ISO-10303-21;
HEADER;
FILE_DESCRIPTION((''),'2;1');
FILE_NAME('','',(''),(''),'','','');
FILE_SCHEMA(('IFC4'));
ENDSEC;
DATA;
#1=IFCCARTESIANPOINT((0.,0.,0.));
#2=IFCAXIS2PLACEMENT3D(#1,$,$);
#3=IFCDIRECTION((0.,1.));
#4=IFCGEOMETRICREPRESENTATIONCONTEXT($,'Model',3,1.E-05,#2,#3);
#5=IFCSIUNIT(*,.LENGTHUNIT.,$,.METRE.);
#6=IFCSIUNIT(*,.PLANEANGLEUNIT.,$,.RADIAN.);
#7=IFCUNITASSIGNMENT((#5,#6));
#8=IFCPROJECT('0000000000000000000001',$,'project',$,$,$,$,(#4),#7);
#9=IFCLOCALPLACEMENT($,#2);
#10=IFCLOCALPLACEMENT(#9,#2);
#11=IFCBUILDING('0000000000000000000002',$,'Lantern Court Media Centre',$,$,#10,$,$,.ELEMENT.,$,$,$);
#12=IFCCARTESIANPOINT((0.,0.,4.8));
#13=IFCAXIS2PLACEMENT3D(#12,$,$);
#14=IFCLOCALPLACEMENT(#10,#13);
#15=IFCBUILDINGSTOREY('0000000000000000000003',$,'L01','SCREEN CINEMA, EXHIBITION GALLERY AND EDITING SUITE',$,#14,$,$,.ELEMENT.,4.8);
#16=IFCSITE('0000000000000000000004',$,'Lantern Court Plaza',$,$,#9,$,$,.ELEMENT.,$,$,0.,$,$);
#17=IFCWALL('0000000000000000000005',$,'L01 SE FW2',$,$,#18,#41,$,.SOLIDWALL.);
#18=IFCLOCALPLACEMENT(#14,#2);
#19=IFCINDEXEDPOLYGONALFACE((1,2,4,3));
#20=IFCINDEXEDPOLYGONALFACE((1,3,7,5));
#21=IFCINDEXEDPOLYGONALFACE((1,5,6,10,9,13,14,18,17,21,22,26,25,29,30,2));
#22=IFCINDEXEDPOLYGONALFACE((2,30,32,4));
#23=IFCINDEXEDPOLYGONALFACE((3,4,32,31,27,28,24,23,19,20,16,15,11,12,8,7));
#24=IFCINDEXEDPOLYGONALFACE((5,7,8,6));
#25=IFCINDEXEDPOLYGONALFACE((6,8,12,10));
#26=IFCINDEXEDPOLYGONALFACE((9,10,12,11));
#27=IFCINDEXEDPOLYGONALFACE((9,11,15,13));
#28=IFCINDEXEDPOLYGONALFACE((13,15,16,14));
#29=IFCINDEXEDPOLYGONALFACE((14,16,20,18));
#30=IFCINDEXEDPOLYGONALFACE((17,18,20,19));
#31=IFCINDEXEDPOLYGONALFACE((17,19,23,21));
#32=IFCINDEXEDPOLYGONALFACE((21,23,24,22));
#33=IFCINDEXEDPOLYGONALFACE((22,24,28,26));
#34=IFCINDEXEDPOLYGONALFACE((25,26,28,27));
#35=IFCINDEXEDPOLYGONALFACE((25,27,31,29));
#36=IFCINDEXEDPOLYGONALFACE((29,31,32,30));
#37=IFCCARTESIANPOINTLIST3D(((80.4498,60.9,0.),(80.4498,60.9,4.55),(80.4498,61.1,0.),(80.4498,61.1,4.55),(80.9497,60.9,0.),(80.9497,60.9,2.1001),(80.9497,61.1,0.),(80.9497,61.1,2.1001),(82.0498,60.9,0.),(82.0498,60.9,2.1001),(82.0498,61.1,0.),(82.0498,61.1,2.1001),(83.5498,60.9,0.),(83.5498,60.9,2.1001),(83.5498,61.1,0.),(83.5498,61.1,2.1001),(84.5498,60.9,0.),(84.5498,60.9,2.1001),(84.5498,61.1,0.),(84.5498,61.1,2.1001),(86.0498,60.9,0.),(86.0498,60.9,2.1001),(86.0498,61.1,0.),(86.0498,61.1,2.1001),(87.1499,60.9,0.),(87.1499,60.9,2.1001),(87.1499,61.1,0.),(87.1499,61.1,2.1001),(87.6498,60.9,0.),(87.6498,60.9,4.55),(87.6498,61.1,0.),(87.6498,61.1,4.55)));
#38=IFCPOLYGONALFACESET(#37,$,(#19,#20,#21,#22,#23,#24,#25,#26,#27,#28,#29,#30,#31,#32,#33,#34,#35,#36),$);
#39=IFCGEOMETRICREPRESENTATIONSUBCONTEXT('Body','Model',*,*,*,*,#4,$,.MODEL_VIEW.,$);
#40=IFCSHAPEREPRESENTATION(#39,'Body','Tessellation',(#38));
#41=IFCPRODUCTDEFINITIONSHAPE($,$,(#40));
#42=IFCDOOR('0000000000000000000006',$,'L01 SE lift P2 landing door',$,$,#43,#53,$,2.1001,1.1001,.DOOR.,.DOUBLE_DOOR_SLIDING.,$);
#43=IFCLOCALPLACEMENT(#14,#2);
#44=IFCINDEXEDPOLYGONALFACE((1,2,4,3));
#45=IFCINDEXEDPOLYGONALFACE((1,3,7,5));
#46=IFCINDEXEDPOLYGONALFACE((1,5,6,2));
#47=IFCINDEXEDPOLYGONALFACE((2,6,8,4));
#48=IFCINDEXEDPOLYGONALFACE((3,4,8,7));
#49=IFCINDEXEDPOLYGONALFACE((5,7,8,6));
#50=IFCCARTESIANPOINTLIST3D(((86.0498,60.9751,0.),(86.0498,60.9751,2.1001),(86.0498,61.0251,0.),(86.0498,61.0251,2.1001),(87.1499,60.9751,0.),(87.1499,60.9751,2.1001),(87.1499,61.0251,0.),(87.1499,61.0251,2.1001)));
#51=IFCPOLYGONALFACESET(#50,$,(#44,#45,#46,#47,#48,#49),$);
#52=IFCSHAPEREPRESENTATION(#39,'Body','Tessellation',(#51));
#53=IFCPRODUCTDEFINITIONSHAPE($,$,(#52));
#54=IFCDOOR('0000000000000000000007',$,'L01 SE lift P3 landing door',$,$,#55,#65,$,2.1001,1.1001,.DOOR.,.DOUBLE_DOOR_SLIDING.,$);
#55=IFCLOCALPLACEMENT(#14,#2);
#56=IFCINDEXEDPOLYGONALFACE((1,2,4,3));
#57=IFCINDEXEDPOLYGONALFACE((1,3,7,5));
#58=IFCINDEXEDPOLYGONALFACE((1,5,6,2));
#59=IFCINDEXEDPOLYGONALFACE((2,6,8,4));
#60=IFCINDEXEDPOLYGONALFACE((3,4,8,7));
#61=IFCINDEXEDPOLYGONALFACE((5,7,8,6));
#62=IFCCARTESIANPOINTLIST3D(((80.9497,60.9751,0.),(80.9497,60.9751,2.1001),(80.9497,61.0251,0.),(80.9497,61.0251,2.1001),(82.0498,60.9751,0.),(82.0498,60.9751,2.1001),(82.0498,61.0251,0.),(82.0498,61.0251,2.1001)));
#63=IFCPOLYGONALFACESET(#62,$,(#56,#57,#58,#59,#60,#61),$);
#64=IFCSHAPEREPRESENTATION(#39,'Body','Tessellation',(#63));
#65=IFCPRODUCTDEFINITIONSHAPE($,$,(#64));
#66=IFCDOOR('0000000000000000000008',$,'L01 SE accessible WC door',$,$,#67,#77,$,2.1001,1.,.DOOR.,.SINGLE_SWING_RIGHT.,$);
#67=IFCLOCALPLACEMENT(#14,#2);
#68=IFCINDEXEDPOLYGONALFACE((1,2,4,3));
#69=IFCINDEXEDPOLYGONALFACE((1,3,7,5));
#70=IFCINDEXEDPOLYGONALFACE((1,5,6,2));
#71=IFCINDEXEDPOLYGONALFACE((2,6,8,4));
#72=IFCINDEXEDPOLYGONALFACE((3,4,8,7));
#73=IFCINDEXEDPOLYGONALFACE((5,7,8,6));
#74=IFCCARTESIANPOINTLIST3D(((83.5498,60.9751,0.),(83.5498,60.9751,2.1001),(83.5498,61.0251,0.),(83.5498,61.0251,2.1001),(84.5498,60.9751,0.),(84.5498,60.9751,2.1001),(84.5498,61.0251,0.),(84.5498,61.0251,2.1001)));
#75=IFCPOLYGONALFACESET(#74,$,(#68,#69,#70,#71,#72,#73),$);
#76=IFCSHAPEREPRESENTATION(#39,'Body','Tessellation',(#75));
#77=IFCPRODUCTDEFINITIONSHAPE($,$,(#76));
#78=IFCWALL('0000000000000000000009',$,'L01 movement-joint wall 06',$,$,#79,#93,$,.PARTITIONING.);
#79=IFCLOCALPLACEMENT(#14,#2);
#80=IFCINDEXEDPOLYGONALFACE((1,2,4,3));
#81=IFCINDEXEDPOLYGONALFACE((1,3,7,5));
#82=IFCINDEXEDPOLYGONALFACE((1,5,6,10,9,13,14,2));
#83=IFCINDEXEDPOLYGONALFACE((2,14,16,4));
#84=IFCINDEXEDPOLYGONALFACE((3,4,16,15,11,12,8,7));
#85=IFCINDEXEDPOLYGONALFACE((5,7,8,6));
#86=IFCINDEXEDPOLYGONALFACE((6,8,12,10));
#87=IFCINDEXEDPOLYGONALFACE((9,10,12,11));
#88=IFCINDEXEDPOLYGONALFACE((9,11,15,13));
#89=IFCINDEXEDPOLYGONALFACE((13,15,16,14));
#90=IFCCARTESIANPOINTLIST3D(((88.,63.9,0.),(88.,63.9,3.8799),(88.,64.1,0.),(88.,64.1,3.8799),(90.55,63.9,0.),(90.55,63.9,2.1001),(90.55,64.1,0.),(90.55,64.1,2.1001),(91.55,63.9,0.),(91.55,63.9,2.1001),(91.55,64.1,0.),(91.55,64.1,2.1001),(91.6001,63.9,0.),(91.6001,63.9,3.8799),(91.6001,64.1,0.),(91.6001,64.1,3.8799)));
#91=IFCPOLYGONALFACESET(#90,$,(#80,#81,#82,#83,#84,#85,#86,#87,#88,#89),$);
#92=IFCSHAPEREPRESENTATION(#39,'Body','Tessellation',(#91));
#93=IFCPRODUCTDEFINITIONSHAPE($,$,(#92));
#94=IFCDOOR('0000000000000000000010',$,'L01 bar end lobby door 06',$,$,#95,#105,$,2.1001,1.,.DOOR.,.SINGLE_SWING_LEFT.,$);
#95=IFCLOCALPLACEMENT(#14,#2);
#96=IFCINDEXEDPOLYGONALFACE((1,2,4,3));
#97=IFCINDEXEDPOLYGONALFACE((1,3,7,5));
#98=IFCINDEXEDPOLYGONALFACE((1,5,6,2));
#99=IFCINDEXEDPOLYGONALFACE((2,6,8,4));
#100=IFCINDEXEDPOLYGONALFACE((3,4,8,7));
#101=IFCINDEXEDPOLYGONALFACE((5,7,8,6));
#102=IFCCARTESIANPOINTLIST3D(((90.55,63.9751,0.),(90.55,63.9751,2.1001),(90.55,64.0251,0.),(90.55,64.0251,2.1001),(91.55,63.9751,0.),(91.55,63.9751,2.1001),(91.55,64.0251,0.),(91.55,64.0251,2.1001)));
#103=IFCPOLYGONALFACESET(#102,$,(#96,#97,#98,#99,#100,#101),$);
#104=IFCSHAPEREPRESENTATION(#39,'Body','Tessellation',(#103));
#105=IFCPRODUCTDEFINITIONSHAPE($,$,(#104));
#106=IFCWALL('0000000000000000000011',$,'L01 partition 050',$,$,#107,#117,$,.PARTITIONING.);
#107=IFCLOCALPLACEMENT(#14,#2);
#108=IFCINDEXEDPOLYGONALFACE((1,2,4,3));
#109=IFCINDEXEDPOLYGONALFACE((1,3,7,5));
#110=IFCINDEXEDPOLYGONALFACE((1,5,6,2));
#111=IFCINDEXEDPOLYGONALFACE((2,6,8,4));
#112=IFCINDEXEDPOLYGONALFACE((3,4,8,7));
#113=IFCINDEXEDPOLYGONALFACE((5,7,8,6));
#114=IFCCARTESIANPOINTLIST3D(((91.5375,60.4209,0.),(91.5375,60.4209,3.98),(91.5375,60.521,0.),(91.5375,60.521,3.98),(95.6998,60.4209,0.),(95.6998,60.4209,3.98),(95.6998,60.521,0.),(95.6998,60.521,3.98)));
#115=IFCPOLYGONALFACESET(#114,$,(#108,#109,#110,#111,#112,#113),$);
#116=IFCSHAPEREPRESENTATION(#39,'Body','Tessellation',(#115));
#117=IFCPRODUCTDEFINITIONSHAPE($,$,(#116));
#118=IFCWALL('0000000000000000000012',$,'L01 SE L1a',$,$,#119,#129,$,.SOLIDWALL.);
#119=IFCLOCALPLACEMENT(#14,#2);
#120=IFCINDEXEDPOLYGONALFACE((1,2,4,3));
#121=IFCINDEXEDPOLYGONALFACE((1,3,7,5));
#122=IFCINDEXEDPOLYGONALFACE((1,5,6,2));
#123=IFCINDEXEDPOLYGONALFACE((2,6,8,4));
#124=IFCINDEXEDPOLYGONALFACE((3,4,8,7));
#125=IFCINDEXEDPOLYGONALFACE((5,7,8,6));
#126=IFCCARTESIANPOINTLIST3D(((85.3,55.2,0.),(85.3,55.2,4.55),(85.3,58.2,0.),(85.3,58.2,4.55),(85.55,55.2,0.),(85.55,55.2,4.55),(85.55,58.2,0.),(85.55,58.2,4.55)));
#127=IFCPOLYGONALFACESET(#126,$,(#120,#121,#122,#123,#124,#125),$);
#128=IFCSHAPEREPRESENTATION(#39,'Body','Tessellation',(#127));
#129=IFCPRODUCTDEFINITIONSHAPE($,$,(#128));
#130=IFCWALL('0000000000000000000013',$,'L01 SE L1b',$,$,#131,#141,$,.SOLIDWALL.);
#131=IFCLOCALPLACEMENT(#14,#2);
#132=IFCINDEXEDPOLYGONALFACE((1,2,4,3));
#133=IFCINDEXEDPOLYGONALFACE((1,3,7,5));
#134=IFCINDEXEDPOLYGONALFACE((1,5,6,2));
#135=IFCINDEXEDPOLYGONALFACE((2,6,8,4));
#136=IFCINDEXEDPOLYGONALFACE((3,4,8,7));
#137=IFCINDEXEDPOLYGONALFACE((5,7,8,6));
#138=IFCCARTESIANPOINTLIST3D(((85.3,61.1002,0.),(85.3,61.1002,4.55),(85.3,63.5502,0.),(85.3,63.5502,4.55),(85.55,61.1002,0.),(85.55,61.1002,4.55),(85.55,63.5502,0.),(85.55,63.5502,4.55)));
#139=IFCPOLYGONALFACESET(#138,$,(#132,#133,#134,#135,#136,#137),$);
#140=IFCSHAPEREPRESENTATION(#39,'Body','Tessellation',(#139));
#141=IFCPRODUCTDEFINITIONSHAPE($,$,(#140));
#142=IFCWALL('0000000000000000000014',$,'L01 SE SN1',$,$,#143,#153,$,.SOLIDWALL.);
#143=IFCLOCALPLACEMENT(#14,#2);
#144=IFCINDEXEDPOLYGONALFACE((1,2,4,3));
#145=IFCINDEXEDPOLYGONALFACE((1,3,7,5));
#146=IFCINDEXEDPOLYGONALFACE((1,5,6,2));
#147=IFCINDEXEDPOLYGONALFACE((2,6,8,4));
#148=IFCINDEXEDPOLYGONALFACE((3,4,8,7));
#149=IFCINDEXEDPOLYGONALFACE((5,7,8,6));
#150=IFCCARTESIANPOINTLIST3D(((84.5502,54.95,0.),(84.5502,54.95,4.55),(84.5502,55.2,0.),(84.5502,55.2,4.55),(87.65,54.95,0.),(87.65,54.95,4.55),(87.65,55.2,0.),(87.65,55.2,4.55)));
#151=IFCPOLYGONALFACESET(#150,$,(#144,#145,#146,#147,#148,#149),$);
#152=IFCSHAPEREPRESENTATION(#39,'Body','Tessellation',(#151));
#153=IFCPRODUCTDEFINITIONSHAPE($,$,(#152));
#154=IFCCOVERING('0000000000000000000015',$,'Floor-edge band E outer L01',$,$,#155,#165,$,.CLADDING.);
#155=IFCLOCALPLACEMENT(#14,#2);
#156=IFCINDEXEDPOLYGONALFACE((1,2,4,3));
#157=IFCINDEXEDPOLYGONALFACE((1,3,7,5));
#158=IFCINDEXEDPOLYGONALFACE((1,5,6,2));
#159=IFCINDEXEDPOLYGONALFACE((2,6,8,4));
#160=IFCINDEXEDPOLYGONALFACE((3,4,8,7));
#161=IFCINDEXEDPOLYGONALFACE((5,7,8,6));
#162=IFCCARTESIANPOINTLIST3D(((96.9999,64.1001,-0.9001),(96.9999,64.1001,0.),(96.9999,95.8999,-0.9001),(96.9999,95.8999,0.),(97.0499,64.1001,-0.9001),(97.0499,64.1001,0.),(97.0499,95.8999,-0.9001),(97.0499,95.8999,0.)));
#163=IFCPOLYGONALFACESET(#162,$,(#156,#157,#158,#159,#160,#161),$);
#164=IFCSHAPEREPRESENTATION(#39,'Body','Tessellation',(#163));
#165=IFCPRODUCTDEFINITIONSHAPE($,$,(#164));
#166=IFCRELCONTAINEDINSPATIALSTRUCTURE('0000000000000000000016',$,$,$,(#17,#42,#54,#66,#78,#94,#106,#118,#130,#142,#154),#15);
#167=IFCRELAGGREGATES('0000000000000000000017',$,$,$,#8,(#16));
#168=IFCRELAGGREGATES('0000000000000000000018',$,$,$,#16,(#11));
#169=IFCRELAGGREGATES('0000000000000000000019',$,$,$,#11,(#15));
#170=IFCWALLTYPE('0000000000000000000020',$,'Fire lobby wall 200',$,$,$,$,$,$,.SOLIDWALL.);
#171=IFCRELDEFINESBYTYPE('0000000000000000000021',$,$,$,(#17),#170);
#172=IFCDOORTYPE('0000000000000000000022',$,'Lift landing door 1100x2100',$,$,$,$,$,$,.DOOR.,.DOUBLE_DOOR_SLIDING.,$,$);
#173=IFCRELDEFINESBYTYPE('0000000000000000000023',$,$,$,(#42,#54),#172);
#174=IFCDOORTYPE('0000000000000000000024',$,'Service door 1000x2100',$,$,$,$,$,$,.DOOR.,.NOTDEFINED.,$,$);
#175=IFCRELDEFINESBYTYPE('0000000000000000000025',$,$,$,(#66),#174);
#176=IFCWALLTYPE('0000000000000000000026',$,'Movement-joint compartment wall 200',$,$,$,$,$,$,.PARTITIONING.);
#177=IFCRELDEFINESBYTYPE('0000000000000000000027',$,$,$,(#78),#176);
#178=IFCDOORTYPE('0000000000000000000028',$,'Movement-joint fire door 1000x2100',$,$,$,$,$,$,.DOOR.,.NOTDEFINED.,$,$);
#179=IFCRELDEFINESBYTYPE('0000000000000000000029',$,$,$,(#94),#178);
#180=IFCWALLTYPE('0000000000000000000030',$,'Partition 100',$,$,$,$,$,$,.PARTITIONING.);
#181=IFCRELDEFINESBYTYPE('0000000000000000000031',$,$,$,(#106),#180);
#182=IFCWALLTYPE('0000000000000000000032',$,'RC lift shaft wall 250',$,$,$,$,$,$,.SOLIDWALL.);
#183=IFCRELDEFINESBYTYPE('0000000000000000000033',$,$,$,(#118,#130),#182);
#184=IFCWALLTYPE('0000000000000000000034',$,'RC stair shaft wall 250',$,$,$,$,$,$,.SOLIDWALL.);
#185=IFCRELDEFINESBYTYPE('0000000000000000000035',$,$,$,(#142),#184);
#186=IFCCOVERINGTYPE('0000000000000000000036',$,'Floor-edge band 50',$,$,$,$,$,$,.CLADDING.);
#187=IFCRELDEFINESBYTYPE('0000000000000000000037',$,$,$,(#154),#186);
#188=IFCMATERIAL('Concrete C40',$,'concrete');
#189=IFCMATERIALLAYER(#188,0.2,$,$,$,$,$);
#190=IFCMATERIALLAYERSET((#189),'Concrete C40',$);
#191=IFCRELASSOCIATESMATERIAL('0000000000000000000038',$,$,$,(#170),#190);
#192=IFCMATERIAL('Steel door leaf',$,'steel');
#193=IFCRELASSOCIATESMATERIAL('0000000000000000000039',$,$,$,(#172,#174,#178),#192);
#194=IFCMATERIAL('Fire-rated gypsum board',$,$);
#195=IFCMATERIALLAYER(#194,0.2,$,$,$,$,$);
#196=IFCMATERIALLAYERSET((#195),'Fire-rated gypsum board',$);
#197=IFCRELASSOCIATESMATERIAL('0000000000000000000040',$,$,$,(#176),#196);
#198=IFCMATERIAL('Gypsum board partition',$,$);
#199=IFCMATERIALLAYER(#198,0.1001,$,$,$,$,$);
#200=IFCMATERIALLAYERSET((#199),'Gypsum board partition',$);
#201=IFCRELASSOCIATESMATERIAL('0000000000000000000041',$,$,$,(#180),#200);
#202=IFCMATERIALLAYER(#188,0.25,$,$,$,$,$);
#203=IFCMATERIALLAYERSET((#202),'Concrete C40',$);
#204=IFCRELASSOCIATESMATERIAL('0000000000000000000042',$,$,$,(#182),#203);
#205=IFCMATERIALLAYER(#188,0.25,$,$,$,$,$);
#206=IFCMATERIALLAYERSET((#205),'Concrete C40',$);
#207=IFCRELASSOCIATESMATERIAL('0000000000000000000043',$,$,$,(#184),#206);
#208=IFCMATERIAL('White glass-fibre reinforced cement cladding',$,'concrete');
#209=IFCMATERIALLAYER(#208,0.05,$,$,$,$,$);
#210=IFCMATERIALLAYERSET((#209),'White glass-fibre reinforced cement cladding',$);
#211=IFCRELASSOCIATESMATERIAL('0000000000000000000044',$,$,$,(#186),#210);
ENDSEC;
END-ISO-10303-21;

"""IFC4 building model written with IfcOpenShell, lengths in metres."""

from ifc_helpers import new_model, si_unit, direction, frame, frame_2d, origin, place, context, subcontext, project, spatial, rectangle, extrude, material, layer, layer_set, type_object, element, fill, save


model = new_model("IFC4")

# Units and contexts
model_context = context("Model", 3, precision=1e-05, world=origin(), true_north=direction((0.0, 1.0)))
body_context = subcontext(model_context, "Body", "Model", "MODEL_VIEW")
ifc_project = project(units=[si_unit("LENGTHUNIT", "METRE"), si_unit("PLANEANGLEUNIT", "RADIAN")], contexts=[model_context])

# Site, building, storey
site_placement = place(None, origin())
site = spatial("IfcSite", under=ifc_project, at=site_placement, Name="Lantern Court Plaza", CompositionType="ELEMENT", RefElevation=0.0)
building_placement = place(site_placement, origin())
building = spatial("IfcBuilding", under=site, at=building_placement, Name="Lantern Court Media Centre", CompositionType="ELEMENT")
storey_placement = place(building_placement, frame((0.0, 0.0, 4.8)))
storey = spatial("IfcBuildingStorey", under=building, at=storey_placement, Name="L01", Description="SCREEN CINEMA, EXHIBITION GALLERY AND EDITING SUITE", CompositionType="ELEMENT", Elevation=4.8)

# Wall, openings, doors
ifc_material_1 = material(Name="Concrete C40", Category="concrete")
ifc_layer_1 = layer(ifc_material_1, 0.2)
ifc_layer_set_1 = layer_set([ifc_layer_1], Name="Concrete C40")
wall_type_1 = type_object("IfcWallType", Name="Fire lobby wall 200", PredefinedType="SOLIDWALL", material=ifc_layer_set_1)
ifc_material_2 = material(Name="Steel door leaf", Category="steel")
door_type_1 = type_object("IfcDoorType", Name="Lift landing door 1100x2100", OperationType="DOUBLE_DOOR_SLIDING", PredefinedType="DOOR", material=ifc_material_2)
door_type_2 = type_object("IfcDoorType", Name="Service door 1000x2100", OperationType="NOTDEFINED", PredefinedType="DOOR", material=ifc_material_2)
wall_1_placement = place(storey_placement, frame((87.6499, 61.0, 0.0), z_axis=(0.0, 0.0, 1.0), x_axis=(-1.0, 0.0, 0.0)))
wall_1 = element("IfcWall", 1, at=wall_1_placement, inside=storey, type_object=wall_type_1, Name="L01 SE FW2", PredefinedType="SOLIDWALL", context=body_context, shape_type="SweptSolid", body=[
    extrude(rectangle(XDim=7.2, YDim=0.2, at=frame_2d((3.6001, 0.0))), origin(), (0.0, 0.0, 1.0), 4.55),
])
opening_1_placement = place(wall_1_placement, frame((0.5, 0.0, 0.0)))
opening_1 = element("IfcOpeningElement", 2, at=opening_1_placement, cuts=wall_1, PredefinedType="OPENING", context=body_context, shape_type="SweptSolid", body=[
    extrude(rectangle(XDim=1.1001, YDim=2.1001, at=frame_2d((0.55, 1.05))), frame((0.0, 0.1099, 0.0), z_axis=(0.0, -1.0, 0.0), x_axis=(1.0, 0.0, 0.0)), (0.0, 0.0, 1.0), 0.22),
])
opening_2_placement = place(wall_1_placement, frame((5.6001, 0.0, 0.0)))
opening_2 = element("IfcOpeningElement", 3, at=opening_2_placement, cuts=wall_1, PredefinedType="OPENING", context=body_context, shape_type="SweptSolid", body=[
    extrude(rectangle(XDim=1.1001, YDim=2.1001, at=frame_2d((0.55, 1.05))), frame((0.0, 0.1099, 0.0), z_axis=(0.0, -1.0, 0.0), x_axis=(1.0, 0.0, 0.0)), (0.0, 0.0, 1.0), 0.22),
])
opening_3_placement = place(wall_1_placement, frame((3.1001, 0.0, 0.0)))
opening_3 = element("IfcOpeningElement", 4, at=opening_3_placement, cuts=wall_1, PredefinedType="OPENING", context=body_context, shape_type="SweptSolid", body=[
    extrude(rectangle(XDim=1.0, YDim=2.1001, at=frame_2d((0.5, 1.05))), frame((0.0, 0.1099, 0.0), z_axis=(0.0, -1.0, 0.0), x_axis=(1.0, 0.0, 0.0)), (0.0, 0.0, 1.0), 0.22),
])
door_1_placement = place(opening_1_placement, origin())
door_1 = element("IfcDoor", 5, at=door_1_placement, inside=storey, type_object=door_type_1, Name="L01 SE lift P2 landing door", OperationType="DOUBLE_DOOR_SLIDING", OverallHeight=2.1001, OverallWidth=1.1001, PredefinedType="DOOR", context=body_context, shape_type="SweptSolid", body=[
    extrude(rectangle(XDim=1.1001, YDim=2.1001, at=frame_2d((0.55, 1.05))), frame((0.0, 0.0249, 0.0), z_axis=(0.0, -1.0, 0.0), x_axis=(1.0, 0.0, 0.0)), (0.0, 0.0, 1.0), 0.05),
])
fill(opening_1, door_1)
door_2_placement = place(opening_2_placement, origin())
door_2 = element("IfcDoor", 6, at=door_2_placement, inside=storey, type_object=door_type_1, Name="L01 SE lift P3 landing door", OperationType="DOUBLE_DOOR_SLIDING", OverallHeight=2.1001, OverallWidth=1.1001, PredefinedType="DOOR", context=body_context, shape_type="SweptSolid", body=[
    extrude(rectangle(XDim=1.1001, YDim=2.1001, at=frame_2d((0.55, 1.05))), frame((0.0, 0.0249, 0.0), z_axis=(0.0, -1.0, 0.0), x_axis=(1.0, 0.0, 0.0)), (0.0, 0.0, 1.0), 0.05),
])
fill(opening_2, door_2)
door_3_placement = place(opening_3_placement, origin())
door_3 = element("IfcDoor", 7, at=door_3_placement, inside=storey, type_object=door_type_2, Name="L01 SE accessible WC door", OperationType="SINGLE_SWING_RIGHT", OverallHeight=2.1001, OverallWidth=1.0, PredefinedType="DOOR", context=body_context, shape_type="SweptSolid", body=[
    extrude(rectangle(XDim=1.0, YDim=2.1001, at=frame_2d((0.5, 1.05))), frame((0.0, 0.0249, 0.0), z_axis=(0.0, -1.0, 0.0), x_axis=(1.0, 0.0, 0.0)), (0.0, 0.0, 1.0), 0.05),
])
fill(opening_3, door_3)

# Wall, opening, door
ifc_material_3 = material(Name="Fire-rated gypsum board")
ifc_layer_2 = layer(ifc_material_3, 0.2)
ifc_layer_set_2 = layer_set([ifc_layer_2], Name="Fire-rated gypsum board")
wall_type_2 = type_object("IfcWallType", Name="Movement-joint compartment wall 200", PredefinedType="PARTITIONING", material=ifc_layer_set_2)
wall_2_placement = place(storey_placement, frame((88.0, 64.0, 0.0), z_axis=(0.0, 0.0, 1.0), x_axis=(1.0, 0.0, 0.0)))
wall_2 = element("IfcWall", 8, at=wall_2_placement, inside=storey, type_object=wall_type_2, Name="L01 movement-joint wall 06", PredefinedType="PARTITIONING", context=body_context, shape_type="SweptSolid", body=[
    extrude(rectangle(XDim=3.6001, YDim=0.2, at=frame_2d((1.8, 0.0))), origin(), (0.0, 0.0, 1.0), 3.8799),
])
opening_4_placement = place(wall_2_placement, frame((2.55, 0.0, 0.0)))
opening_4 = element("IfcOpeningElement", 9, at=opening_4_placement, cuts=wall_2, PredefinedType="OPENING", context=body_context, shape_type="SweptSolid", body=[
    extrude(rectangle(XDim=1.0, YDim=2.1001, at=frame_2d((0.5, 1.05))), frame((0.0, 0.1099, 0.0), z_axis=(0.0, -1.0, 0.0), x_axis=(1.0, 0.0, 0.0)), (0.0, 0.0, 1.0), 0.22),
])
door_type_3 = type_object("IfcDoorType", Name="Movement-joint fire door 1000x2100", OperationType="NOTDEFINED", PredefinedType="DOOR", material=ifc_material_2)
door_4_placement = place(opening_4_placement, frame((1.0, 0.0, 0.0), z_axis=(0.0, 0.0, 1.0), x_axis=(-1.0, 0.0, 0.0)))
door_4 = element("IfcDoor", 10, at=door_4_placement, inside=storey, type_object=door_type_3, Name="L01 bar end lobby door 06", OperationType="SINGLE_SWING_LEFT", OverallHeight=2.1001, OverallWidth=1.0, PredefinedType="DOOR", context=body_context, shape_type="SweptSolid", body=[
    extrude(rectangle(XDim=1.0, YDim=2.1001, at=frame_2d((0.5, 1.05))), frame((0.0, 0.0249, 0.0), z_axis=(0.0, -1.0, 0.0), x_axis=(1.0, 0.0, 0.0)), (0.0, 0.0, 1.0), 0.05),
])
fill(opening_4, door_4)

# Walls
ifc_material_4 = material(Name="Gypsum board partition")
ifc_layer_3 = layer(ifc_material_4, 0.1001)
ifc_layer_set_3 = layer_set([ifc_layer_3], Name="Gypsum board partition")
wall_type_3 = type_object("IfcWallType", Name="Partition 100", PredefinedType="PARTITIONING", material=ifc_layer_set_3)
wall_3_placement = place(storey_placement, frame((91.5376, 60.4709, 0.0), z_axis=(0.0, 0.0, 1.0), x_axis=(1.0, 0.0, 0.0)))
element("IfcWall", 11, at=wall_3_placement, inside=storey, type_object=wall_type_3, Name="L01 partition 050", PredefinedType="PARTITIONING", context=body_context, shape_type="SweptSolid", body=[
    extrude(rectangle(XDim=4.1624, YDim=0.1001, at=frame_2d((2.0811, 0.0))), origin(), (0.0, 0.0, 1.0), 3.98),
])
ifc_layer_4 = layer(ifc_material_1, 0.25)
ifc_layer_set_4 = layer_set([ifc_layer_4], Name="Concrete C40")
wall_type_4 = type_object("IfcWallType", Name="RC lift shaft wall 250", PredefinedType="SOLIDWALL", material=ifc_layer_set_4)
wall_4_placement = place(storey_placement, frame((85.425, 55.2, 0.0), z_axis=(0.0, 0.0, 1.0), x_axis=(0.0, 1.0, 0.0)))
element("IfcWall", 12, at=wall_4_placement, inside=storey, type_object=wall_type_4, Name="L01 SE L1a", PredefinedType="SOLIDWALL", context=body_context, shape_type="SweptSolid", body=[
    extrude(rectangle(XDim=3.0, YDim=0.25, at=frame_2d((1.5, 0.0))), origin(), (0.0, 0.0, 1.0), 4.55),
])
wall_5_placement = place(storey_placement, frame((85.425, 61.1001, 0.0), z_axis=(0.0, 0.0, 1.0), x_axis=(0.0, 1.0, 0.0)))
element("IfcWall", 13, at=wall_5_placement, inside=storey, type_object=wall_type_4, Name="L01 SE L1b", PredefinedType="SOLIDWALL", context=body_context, shape_type="SweptSolid", body=[
    extrude(rectangle(XDim=2.45, YDim=0.25, at=frame_2d((1.2251, 0.0))), origin(), (0.0, 0.0, 1.0), 4.55),
])
ifc_layer_5 = layer(ifc_material_1, 0.25)
ifc_layer_set_5 = layer_set([ifc_layer_5], Name="Concrete C40")
wall_type_5 = type_object("IfcWallType", Name="RC stair shaft wall 250", PredefinedType="SOLIDWALL", material=ifc_layer_set_5)
wall_6_placement = place(storey_placement, frame((87.6499, 55.075, 0.0), z_axis=(0.0, 0.0, 1.0), x_axis=(-1.0, 0.0, 0.0)))
element("IfcWall", 14, at=wall_6_placement, inside=storey, type_object=wall_type_5, Name="L01 SE SN1", PredefinedType="SOLIDWALL", context=body_context, shape_type="SweptSolid", body=[
    extrude(rectangle(XDim=3.0999, YDim=0.25, at=frame_2d((1.5498, 0.0))), origin(), (0.0, 0.0, 1.0), 4.55),
])

# Covering
ifc_material_5 = material(Name="White glass-fibre reinforced cement cladding", Category="concrete")
ifc_layer_6 = layer(ifc_material_5, 0.05)
ifc_layer_set_6 = layer_set([ifc_layer_6], Name="White glass-fibre reinforced cement cladding")
covering_type = type_object("IfcCoveringType", Name="Floor-edge band 50", PredefinedType="CLADDING", material=ifc_layer_set_6)
covering_placement = place(storey_placement, frame((97.0249, 64.1001, -0.9001), z_axis=(0.0, 0.0, 1.0), x_axis=(0.0, 1.0, 0.0)))
element("IfcCovering", 15, at=covering_placement, inside=storey, type_object=covering_type, Name="Floor-edge band E outer L01", PredefinedType="CLADDING", context=body_context, shape_type="SweptSolid", body=[
    extrude(rectangle(XDim=31.7998, YDim=0.05, at=frame_2d((15.8999, 0.0))), origin(), (0.0, 0.0, 1.0), 0.9001),
])

save(model, "model.ifc")
